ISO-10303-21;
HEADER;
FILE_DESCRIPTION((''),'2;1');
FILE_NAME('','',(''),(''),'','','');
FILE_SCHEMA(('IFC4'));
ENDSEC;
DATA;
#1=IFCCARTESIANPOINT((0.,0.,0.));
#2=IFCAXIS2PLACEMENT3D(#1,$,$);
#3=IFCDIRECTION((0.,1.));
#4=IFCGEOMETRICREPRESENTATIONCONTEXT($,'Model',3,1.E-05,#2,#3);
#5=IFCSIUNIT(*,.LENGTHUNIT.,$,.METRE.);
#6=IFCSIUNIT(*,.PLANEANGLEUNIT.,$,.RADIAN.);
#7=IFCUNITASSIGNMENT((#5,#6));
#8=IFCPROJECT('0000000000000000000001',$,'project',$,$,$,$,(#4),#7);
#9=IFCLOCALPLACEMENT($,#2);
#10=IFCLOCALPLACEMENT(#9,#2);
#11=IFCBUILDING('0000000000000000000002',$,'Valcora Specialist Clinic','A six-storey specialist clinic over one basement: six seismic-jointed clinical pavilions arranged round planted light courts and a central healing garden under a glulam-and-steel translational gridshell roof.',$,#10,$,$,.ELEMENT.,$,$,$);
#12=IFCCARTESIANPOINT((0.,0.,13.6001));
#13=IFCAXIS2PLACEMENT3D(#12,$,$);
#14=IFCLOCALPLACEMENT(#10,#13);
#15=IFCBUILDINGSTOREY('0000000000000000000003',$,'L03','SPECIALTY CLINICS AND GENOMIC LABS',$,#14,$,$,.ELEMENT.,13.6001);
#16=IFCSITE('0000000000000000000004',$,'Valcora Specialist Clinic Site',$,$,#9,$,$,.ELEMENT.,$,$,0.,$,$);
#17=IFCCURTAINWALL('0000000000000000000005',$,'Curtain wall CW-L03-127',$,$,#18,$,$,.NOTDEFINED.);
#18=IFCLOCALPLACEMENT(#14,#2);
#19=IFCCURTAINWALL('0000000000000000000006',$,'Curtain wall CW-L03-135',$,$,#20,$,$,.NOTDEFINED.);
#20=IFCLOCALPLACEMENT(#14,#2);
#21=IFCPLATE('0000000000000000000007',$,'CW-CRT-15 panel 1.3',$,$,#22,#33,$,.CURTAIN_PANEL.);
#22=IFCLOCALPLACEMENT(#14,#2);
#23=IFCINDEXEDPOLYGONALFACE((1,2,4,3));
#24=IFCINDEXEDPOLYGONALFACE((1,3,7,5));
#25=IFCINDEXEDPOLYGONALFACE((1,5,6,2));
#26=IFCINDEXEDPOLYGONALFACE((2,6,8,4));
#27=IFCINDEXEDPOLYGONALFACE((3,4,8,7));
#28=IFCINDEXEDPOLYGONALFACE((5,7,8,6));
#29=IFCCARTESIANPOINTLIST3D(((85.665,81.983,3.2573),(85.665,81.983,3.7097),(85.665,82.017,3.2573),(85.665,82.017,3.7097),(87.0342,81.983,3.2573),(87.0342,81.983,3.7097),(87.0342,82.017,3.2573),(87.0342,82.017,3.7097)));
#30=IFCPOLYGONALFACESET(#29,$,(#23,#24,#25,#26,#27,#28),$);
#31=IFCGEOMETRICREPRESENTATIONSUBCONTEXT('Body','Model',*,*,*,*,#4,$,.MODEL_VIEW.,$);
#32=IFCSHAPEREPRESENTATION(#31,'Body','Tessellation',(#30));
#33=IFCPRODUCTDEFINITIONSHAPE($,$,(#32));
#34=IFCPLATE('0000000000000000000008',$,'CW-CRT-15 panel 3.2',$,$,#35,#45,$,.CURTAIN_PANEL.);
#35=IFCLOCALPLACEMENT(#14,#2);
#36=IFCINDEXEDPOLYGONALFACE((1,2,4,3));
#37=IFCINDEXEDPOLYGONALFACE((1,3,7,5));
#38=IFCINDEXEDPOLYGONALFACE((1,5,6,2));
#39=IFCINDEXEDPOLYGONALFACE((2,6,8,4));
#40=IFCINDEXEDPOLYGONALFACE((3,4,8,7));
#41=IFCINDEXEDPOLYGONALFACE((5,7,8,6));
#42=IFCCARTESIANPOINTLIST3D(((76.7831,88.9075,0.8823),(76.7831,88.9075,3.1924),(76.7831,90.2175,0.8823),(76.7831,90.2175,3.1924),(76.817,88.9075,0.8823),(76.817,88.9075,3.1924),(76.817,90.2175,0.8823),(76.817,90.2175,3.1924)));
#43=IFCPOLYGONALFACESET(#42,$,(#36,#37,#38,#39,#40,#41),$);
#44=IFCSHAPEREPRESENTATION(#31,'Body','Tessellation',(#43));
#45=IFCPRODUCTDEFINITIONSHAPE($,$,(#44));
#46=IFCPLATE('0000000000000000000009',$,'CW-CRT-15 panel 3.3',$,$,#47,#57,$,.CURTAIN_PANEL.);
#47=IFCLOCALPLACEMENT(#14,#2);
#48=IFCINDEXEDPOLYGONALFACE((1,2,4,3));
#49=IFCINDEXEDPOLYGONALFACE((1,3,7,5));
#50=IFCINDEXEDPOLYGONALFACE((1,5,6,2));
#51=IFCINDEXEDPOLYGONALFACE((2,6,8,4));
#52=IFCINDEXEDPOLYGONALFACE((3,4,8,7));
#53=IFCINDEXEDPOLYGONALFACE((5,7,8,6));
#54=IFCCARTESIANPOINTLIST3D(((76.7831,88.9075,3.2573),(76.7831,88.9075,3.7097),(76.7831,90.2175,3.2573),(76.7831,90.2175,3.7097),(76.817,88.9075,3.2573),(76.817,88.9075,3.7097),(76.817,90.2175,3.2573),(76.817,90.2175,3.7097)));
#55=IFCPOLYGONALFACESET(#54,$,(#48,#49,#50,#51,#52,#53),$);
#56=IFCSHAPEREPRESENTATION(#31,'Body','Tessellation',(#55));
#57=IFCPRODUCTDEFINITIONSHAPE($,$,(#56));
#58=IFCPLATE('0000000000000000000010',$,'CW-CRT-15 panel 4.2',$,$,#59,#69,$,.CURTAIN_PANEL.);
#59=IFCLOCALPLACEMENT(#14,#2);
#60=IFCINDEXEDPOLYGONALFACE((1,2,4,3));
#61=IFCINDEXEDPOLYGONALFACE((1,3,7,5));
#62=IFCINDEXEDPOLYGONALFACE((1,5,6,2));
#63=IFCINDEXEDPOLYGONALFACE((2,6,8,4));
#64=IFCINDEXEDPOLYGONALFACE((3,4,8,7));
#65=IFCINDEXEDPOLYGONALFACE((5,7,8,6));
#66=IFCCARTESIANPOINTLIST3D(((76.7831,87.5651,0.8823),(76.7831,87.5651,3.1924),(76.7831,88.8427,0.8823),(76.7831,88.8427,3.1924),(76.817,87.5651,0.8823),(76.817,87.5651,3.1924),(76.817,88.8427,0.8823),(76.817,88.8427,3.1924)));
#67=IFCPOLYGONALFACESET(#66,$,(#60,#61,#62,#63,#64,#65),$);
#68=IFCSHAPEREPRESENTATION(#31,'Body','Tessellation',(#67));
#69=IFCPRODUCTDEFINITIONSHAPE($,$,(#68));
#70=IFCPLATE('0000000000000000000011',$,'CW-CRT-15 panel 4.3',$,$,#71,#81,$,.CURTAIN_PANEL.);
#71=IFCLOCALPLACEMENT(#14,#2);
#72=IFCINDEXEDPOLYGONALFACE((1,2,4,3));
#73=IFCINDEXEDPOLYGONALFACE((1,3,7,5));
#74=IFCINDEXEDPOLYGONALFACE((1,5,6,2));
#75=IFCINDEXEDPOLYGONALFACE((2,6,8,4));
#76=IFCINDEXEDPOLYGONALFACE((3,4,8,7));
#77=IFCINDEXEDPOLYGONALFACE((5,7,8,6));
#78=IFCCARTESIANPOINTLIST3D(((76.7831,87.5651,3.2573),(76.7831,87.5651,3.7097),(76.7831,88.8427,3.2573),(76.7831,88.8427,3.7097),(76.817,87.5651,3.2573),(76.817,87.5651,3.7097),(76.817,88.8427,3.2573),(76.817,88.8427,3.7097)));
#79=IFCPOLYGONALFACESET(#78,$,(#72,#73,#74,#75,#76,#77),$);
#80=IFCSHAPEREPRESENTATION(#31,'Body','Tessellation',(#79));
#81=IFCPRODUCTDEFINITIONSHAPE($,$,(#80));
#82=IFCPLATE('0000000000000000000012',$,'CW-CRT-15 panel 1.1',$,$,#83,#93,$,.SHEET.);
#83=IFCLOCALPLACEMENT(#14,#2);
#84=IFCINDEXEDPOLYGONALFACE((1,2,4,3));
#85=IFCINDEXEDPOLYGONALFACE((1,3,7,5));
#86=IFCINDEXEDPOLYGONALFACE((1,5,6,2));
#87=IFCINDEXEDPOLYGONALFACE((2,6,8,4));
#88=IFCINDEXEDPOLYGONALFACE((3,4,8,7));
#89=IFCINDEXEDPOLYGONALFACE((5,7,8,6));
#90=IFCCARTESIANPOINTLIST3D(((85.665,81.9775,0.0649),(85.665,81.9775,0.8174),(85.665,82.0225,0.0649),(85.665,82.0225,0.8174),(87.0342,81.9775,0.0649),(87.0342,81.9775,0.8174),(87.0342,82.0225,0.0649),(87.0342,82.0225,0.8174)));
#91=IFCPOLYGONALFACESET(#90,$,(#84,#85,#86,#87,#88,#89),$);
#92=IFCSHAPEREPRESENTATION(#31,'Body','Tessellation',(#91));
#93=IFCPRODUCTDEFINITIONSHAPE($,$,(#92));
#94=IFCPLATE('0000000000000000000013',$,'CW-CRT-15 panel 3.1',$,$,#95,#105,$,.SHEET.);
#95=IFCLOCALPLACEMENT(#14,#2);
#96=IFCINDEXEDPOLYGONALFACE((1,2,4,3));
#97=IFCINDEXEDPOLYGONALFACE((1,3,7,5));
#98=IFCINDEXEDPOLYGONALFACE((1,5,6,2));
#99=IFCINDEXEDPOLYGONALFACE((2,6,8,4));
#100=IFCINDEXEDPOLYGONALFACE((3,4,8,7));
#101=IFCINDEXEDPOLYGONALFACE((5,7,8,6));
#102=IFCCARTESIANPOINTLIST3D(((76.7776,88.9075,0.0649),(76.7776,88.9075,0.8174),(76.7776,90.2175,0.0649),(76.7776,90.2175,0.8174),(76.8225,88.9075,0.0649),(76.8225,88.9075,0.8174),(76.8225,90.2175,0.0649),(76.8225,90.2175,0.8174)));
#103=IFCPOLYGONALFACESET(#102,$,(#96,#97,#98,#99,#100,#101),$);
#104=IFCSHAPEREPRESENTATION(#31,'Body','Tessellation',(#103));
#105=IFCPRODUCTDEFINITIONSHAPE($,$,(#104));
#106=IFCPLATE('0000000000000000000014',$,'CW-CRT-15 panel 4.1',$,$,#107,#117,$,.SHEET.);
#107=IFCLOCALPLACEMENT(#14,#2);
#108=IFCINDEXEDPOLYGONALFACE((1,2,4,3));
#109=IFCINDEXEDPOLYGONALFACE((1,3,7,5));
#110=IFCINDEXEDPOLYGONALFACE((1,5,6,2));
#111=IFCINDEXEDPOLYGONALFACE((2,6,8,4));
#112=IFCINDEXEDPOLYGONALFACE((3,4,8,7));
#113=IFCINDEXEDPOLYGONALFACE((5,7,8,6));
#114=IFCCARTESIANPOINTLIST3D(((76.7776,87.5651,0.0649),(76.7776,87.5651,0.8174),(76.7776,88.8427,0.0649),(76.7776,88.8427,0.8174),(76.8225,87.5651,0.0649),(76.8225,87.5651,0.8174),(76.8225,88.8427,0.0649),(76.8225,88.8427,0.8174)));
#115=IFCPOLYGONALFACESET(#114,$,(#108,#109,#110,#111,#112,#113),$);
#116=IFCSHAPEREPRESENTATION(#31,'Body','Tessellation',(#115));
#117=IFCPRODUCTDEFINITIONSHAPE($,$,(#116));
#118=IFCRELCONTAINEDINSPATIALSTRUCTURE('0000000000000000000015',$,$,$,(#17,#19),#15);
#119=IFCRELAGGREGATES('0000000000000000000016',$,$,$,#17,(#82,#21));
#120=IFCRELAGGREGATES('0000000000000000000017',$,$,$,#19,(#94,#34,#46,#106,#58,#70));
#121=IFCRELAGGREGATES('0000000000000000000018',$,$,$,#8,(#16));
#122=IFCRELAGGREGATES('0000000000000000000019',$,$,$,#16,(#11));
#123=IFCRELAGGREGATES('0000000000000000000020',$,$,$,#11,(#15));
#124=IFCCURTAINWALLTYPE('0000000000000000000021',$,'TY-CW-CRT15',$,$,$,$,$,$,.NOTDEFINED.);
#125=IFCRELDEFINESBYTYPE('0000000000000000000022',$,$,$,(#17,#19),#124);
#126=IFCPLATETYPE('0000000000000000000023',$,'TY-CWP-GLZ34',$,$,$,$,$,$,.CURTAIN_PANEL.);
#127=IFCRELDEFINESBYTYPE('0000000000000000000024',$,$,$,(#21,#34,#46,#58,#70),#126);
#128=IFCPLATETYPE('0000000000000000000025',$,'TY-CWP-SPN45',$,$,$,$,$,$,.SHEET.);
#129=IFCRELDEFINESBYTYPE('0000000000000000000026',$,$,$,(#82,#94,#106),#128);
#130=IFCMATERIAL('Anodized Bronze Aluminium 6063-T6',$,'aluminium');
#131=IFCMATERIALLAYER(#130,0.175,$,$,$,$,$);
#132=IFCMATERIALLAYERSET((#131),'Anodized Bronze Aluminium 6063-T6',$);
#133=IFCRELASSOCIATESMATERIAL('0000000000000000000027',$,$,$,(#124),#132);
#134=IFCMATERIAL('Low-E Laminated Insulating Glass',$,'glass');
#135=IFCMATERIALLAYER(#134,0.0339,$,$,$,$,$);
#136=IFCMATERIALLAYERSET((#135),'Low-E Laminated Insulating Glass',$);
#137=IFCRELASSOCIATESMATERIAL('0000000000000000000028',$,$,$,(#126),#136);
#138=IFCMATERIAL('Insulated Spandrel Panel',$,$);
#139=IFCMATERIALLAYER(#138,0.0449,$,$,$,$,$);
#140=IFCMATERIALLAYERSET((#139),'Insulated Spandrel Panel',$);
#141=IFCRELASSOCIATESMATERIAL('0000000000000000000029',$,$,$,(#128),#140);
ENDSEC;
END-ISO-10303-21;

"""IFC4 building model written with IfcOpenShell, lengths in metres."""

from ifc_helpers import new_model, si_unit, direction, frame, origin, origin_2d, place, context, subcontext, project, spatial, rectangle, extrude, material, layer, layer_set, type_object, element, aggregate, save


model = new_model("IFC4")

# Units and contexts
model_context = context("Model", 3, precision=1e-05, world=origin(), true_north=direction((0.0, 1.0)))
body_context = subcontext(model_context, "Body", "Model", "MODEL_VIEW")
ifc_project = project(units=[si_unit("LENGTHUNIT", "METRE"), si_unit("PLANEANGLEUNIT", "RADIAN")], contexts=[model_context])

# Site, building, storey
site_placement = place(None, origin())
site = spatial("IfcSite", under=ifc_project, at=site_placement, Name="Valcora Specialist Clinic Site", CompositionType="ELEMENT", RefElevation=0.0)
building_placement = place(site_placement, origin())
building = spatial("IfcBuilding", under=site, at=building_placement, Name="Valcora Specialist Clinic", Description="A six-storey specialist clinic over one basement: six seismic-jointed clinical pavilions arranged round planted light courts and a central healing garden under a glulam-and-steel translational gridshell roof.", CompositionType="ELEMENT")
storey_placement = place(building_placement, frame((0.0, 0.0, 13.6001)))
storey = spatial("IfcBuildingStorey", under=building, at=storey_placement, Name="L03", Description="SPECIALTY CLINICS AND GENOMIC LABS", CompositionType="ELEMENT", Elevation=13.6001)

# Curtain wall
ifc_material_1 = material(Name="Anodized Bronze Aluminium 6063-T6", Category="aluminium")
ifc_layer_1 = layer(ifc_material_1, 0.175)
ifc_layer_set_1 = layer_set([ifc_layer_1], Name="Anodized Bronze Aluminium 6063-T6")
curtain_wall_type = type_object("IfcCurtainWallType", Name="TY-CW-CRT15", PredefinedType="NOTDEFINED", material=ifc_layer_set_1)
curtain_wall_1_placement = place(storey_placement, origin())
curtain_wall_1 = element("IfcCurtainWall", 1, at=curtain_wall_1_placement, inside=storey, type_object=curtain_wall_type, Name="Curtain wall CW-L03-127", PredefinedType="NOTDEFINED")

# Curtain wall
curtain_wall_2_placement = place(storey_placement, origin())
curtain_wall_2 = element("IfcCurtainWall", 2, at=curtain_wall_2_placement, inside=storey, type_object=curtain_wall_type, Name="Curtain wall CW-L03-135", PredefinedType="NOTDEFINED")

# Plates
ifc_material_2 = material(Name="Low-E Laminated Insulating Glass", Category="glass")
ifc_layer_2 = layer(ifc_material_2, 0.0339)
ifc_layer_set_2 = layer_set([ifc_layer_2], Name="Low-E Laminated Insulating Glass")
plate_type_1 = type_object("IfcPlateType", Name="TY-CWP-GLZ34", PredefinedType="CURTAIN_PANEL", material=ifc_layer_set_2)
plate_1_placement = place(storey_placement, frame((86.3496, 82.0, 3.2573), z_axis=(0.0, 0.0, 1.0), x_axis=(1.0, 0.0, 0.0)))
plate_1 = element("IfcPlate", 3, at=plate_1_placement, type_object=plate_type_1, Name="CW-CRT-15 panel 1.3", PredefinedType="CURTAIN_PANEL", context=body_context, shape_type="SweptSolid", body=[
    extrude(rectangle(XDim=1.3691, YDim=0.0339, at=origin_2d()), origin(), (0.0, 0.0, 1.0), 0.4524),
])
plate_2_placement = place(storey_placement, frame((76.8, 89.5625, 0.8823), z_axis=(0.0, 0.0, 1.0), x_axis=(0.0, -1.0, 0.0)))
plate_2 = element("IfcPlate", 4, at=plate_2_placement, type_object=plate_type_1, Name="CW-CRT-15 panel 3.2", PredefinedType="CURTAIN_PANEL", context=body_context, shape_type="SweptSolid", body=[
    extrude(rectangle(XDim=1.3101, YDim=0.0339, at=origin_2d()), origin(), (0.0, 0.0, 1.0), 2.3101),
])
plate_3_placement = place(storey_placement, frame((76.8, 89.5625, 3.2573), z_axis=(0.0, 0.0, 1.0), x_axis=(0.0, -1.0, 0.0)))
plate_3 = element("IfcPlate", 5, at=plate_3_placement, type_object=plate_type_1, Name="CW-CRT-15 panel 3.3", PredefinedType="CURTAIN_PANEL", context=body_context, shape_type="SweptSolid", body=[
    extrude(rectangle(XDim=1.3101, YDim=0.0339, at=origin_2d()), origin(), (0.0, 0.0, 1.0), 0.4524),
])
plate_4_placement = place(storey_placement, frame((76.8, 88.2039, 0.8823), z_axis=(0.0, 0.0, 1.0), x_axis=(0.0, -1.0, 0.0)))
plate_4 = element("IfcPlate", 6, at=plate_4_placement, type_object=plate_type_1, Name="CW-CRT-15 panel 4.2", PredefinedType="CURTAIN_PANEL", context=body_context, shape_type="SweptSolid", body=[
    extrude(rectangle(XDim=1.2776, YDim=0.0339, at=origin_2d()), origin(), (0.0, 0.0, 1.0), 2.3101),
])
plate_5_placement = place(storey_placement, frame((76.8, 88.2039, 3.2573), z_axis=(0.0, 0.0, 1.0), x_axis=(0.0, -1.0, 0.0)))
plate_5 = element("IfcPlate", 7, at=plate_5_placement, type_object=plate_type_1, Name="CW-CRT-15 panel 4.3", PredefinedType="CURTAIN_PANEL", context=body_context, shape_type="SweptSolid", body=[
    extrude(rectangle(XDim=1.2776, YDim=0.0339, at=origin_2d()), origin(), (0.0, 0.0, 1.0), 0.4524),
])
ifc_material_3 = material(Name="Insulated Spandrel Panel")
ifc_layer_3 = layer(ifc_material_3, 0.0449)
ifc_layer_set_3 = layer_set([ifc_layer_3], Name="Insulated Spandrel Panel")
plate_type_2 = type_object("IfcPlateType", Name="TY-CWP-SPN45", PredefinedType="SHEET", material=ifc_layer_set_3)
plate_6_placement = place(storey_placement, frame((86.3496, 82.0, 0.0649), z_axis=(0.0, 0.0, 1.0), x_axis=(1.0, 0.0, 0.0)))
plate_6 = element("IfcPlate", 8, at=plate_6_placement, type_object=plate_type_2, Name="CW-CRT-15 panel 1.1", PredefinedType="SHEET", context=body_context, shape_type="SweptSolid", body=[
    extrude(rectangle(XDim=1.3691, YDim=0.0449, at=origin_2d()), origin(), (0.0, 0.0, 1.0), 0.7524),
])
aggregate(curtain_wall_1, [plate_6, plate_1])
plate_7_placement = place(storey_placement, frame((76.8, 89.5625, 0.0649), z_axis=(0.0, 0.0, 1.0), x_axis=(0.0, -1.0, 0.0)))
plate_7 = element("IfcPlate", 9, at=plate_7_placement, type_object=plate_type_2, Name="CW-CRT-15 panel 3.1", PredefinedType="SHEET", context=body_context, shape_type="SweptSolid", body=[
    extrude(rectangle(XDim=1.3101, YDim=0.0449, at=origin_2d()), origin(), (0.0, 0.0, 1.0), 0.7524),
])
plate_8_placement = place(storey_placement, frame((76.8, 88.2039, 0.0649), z_axis=(0.0, 0.0, 1.0), x_axis=(0.0, -1.0, 0.0)))
plate_8 = element("IfcPlate", 10, at=plate_8_placement, type_object=plate_type_2, Name="CW-CRT-15 panel 4.1", PredefinedType="SHEET", context=body_context, shape_type="SweptSolid", body=[
    extrude(rectangle(XDim=1.2776, YDim=0.0449, at=origin_2d()), origin(), (0.0, 0.0, 1.0), 0.7524),
])
aggregate(curtain_wall_2, [plate_7, plate_2, plate_3, plate_8, plate_4, plate_5])

save(model, "model.ifc")
